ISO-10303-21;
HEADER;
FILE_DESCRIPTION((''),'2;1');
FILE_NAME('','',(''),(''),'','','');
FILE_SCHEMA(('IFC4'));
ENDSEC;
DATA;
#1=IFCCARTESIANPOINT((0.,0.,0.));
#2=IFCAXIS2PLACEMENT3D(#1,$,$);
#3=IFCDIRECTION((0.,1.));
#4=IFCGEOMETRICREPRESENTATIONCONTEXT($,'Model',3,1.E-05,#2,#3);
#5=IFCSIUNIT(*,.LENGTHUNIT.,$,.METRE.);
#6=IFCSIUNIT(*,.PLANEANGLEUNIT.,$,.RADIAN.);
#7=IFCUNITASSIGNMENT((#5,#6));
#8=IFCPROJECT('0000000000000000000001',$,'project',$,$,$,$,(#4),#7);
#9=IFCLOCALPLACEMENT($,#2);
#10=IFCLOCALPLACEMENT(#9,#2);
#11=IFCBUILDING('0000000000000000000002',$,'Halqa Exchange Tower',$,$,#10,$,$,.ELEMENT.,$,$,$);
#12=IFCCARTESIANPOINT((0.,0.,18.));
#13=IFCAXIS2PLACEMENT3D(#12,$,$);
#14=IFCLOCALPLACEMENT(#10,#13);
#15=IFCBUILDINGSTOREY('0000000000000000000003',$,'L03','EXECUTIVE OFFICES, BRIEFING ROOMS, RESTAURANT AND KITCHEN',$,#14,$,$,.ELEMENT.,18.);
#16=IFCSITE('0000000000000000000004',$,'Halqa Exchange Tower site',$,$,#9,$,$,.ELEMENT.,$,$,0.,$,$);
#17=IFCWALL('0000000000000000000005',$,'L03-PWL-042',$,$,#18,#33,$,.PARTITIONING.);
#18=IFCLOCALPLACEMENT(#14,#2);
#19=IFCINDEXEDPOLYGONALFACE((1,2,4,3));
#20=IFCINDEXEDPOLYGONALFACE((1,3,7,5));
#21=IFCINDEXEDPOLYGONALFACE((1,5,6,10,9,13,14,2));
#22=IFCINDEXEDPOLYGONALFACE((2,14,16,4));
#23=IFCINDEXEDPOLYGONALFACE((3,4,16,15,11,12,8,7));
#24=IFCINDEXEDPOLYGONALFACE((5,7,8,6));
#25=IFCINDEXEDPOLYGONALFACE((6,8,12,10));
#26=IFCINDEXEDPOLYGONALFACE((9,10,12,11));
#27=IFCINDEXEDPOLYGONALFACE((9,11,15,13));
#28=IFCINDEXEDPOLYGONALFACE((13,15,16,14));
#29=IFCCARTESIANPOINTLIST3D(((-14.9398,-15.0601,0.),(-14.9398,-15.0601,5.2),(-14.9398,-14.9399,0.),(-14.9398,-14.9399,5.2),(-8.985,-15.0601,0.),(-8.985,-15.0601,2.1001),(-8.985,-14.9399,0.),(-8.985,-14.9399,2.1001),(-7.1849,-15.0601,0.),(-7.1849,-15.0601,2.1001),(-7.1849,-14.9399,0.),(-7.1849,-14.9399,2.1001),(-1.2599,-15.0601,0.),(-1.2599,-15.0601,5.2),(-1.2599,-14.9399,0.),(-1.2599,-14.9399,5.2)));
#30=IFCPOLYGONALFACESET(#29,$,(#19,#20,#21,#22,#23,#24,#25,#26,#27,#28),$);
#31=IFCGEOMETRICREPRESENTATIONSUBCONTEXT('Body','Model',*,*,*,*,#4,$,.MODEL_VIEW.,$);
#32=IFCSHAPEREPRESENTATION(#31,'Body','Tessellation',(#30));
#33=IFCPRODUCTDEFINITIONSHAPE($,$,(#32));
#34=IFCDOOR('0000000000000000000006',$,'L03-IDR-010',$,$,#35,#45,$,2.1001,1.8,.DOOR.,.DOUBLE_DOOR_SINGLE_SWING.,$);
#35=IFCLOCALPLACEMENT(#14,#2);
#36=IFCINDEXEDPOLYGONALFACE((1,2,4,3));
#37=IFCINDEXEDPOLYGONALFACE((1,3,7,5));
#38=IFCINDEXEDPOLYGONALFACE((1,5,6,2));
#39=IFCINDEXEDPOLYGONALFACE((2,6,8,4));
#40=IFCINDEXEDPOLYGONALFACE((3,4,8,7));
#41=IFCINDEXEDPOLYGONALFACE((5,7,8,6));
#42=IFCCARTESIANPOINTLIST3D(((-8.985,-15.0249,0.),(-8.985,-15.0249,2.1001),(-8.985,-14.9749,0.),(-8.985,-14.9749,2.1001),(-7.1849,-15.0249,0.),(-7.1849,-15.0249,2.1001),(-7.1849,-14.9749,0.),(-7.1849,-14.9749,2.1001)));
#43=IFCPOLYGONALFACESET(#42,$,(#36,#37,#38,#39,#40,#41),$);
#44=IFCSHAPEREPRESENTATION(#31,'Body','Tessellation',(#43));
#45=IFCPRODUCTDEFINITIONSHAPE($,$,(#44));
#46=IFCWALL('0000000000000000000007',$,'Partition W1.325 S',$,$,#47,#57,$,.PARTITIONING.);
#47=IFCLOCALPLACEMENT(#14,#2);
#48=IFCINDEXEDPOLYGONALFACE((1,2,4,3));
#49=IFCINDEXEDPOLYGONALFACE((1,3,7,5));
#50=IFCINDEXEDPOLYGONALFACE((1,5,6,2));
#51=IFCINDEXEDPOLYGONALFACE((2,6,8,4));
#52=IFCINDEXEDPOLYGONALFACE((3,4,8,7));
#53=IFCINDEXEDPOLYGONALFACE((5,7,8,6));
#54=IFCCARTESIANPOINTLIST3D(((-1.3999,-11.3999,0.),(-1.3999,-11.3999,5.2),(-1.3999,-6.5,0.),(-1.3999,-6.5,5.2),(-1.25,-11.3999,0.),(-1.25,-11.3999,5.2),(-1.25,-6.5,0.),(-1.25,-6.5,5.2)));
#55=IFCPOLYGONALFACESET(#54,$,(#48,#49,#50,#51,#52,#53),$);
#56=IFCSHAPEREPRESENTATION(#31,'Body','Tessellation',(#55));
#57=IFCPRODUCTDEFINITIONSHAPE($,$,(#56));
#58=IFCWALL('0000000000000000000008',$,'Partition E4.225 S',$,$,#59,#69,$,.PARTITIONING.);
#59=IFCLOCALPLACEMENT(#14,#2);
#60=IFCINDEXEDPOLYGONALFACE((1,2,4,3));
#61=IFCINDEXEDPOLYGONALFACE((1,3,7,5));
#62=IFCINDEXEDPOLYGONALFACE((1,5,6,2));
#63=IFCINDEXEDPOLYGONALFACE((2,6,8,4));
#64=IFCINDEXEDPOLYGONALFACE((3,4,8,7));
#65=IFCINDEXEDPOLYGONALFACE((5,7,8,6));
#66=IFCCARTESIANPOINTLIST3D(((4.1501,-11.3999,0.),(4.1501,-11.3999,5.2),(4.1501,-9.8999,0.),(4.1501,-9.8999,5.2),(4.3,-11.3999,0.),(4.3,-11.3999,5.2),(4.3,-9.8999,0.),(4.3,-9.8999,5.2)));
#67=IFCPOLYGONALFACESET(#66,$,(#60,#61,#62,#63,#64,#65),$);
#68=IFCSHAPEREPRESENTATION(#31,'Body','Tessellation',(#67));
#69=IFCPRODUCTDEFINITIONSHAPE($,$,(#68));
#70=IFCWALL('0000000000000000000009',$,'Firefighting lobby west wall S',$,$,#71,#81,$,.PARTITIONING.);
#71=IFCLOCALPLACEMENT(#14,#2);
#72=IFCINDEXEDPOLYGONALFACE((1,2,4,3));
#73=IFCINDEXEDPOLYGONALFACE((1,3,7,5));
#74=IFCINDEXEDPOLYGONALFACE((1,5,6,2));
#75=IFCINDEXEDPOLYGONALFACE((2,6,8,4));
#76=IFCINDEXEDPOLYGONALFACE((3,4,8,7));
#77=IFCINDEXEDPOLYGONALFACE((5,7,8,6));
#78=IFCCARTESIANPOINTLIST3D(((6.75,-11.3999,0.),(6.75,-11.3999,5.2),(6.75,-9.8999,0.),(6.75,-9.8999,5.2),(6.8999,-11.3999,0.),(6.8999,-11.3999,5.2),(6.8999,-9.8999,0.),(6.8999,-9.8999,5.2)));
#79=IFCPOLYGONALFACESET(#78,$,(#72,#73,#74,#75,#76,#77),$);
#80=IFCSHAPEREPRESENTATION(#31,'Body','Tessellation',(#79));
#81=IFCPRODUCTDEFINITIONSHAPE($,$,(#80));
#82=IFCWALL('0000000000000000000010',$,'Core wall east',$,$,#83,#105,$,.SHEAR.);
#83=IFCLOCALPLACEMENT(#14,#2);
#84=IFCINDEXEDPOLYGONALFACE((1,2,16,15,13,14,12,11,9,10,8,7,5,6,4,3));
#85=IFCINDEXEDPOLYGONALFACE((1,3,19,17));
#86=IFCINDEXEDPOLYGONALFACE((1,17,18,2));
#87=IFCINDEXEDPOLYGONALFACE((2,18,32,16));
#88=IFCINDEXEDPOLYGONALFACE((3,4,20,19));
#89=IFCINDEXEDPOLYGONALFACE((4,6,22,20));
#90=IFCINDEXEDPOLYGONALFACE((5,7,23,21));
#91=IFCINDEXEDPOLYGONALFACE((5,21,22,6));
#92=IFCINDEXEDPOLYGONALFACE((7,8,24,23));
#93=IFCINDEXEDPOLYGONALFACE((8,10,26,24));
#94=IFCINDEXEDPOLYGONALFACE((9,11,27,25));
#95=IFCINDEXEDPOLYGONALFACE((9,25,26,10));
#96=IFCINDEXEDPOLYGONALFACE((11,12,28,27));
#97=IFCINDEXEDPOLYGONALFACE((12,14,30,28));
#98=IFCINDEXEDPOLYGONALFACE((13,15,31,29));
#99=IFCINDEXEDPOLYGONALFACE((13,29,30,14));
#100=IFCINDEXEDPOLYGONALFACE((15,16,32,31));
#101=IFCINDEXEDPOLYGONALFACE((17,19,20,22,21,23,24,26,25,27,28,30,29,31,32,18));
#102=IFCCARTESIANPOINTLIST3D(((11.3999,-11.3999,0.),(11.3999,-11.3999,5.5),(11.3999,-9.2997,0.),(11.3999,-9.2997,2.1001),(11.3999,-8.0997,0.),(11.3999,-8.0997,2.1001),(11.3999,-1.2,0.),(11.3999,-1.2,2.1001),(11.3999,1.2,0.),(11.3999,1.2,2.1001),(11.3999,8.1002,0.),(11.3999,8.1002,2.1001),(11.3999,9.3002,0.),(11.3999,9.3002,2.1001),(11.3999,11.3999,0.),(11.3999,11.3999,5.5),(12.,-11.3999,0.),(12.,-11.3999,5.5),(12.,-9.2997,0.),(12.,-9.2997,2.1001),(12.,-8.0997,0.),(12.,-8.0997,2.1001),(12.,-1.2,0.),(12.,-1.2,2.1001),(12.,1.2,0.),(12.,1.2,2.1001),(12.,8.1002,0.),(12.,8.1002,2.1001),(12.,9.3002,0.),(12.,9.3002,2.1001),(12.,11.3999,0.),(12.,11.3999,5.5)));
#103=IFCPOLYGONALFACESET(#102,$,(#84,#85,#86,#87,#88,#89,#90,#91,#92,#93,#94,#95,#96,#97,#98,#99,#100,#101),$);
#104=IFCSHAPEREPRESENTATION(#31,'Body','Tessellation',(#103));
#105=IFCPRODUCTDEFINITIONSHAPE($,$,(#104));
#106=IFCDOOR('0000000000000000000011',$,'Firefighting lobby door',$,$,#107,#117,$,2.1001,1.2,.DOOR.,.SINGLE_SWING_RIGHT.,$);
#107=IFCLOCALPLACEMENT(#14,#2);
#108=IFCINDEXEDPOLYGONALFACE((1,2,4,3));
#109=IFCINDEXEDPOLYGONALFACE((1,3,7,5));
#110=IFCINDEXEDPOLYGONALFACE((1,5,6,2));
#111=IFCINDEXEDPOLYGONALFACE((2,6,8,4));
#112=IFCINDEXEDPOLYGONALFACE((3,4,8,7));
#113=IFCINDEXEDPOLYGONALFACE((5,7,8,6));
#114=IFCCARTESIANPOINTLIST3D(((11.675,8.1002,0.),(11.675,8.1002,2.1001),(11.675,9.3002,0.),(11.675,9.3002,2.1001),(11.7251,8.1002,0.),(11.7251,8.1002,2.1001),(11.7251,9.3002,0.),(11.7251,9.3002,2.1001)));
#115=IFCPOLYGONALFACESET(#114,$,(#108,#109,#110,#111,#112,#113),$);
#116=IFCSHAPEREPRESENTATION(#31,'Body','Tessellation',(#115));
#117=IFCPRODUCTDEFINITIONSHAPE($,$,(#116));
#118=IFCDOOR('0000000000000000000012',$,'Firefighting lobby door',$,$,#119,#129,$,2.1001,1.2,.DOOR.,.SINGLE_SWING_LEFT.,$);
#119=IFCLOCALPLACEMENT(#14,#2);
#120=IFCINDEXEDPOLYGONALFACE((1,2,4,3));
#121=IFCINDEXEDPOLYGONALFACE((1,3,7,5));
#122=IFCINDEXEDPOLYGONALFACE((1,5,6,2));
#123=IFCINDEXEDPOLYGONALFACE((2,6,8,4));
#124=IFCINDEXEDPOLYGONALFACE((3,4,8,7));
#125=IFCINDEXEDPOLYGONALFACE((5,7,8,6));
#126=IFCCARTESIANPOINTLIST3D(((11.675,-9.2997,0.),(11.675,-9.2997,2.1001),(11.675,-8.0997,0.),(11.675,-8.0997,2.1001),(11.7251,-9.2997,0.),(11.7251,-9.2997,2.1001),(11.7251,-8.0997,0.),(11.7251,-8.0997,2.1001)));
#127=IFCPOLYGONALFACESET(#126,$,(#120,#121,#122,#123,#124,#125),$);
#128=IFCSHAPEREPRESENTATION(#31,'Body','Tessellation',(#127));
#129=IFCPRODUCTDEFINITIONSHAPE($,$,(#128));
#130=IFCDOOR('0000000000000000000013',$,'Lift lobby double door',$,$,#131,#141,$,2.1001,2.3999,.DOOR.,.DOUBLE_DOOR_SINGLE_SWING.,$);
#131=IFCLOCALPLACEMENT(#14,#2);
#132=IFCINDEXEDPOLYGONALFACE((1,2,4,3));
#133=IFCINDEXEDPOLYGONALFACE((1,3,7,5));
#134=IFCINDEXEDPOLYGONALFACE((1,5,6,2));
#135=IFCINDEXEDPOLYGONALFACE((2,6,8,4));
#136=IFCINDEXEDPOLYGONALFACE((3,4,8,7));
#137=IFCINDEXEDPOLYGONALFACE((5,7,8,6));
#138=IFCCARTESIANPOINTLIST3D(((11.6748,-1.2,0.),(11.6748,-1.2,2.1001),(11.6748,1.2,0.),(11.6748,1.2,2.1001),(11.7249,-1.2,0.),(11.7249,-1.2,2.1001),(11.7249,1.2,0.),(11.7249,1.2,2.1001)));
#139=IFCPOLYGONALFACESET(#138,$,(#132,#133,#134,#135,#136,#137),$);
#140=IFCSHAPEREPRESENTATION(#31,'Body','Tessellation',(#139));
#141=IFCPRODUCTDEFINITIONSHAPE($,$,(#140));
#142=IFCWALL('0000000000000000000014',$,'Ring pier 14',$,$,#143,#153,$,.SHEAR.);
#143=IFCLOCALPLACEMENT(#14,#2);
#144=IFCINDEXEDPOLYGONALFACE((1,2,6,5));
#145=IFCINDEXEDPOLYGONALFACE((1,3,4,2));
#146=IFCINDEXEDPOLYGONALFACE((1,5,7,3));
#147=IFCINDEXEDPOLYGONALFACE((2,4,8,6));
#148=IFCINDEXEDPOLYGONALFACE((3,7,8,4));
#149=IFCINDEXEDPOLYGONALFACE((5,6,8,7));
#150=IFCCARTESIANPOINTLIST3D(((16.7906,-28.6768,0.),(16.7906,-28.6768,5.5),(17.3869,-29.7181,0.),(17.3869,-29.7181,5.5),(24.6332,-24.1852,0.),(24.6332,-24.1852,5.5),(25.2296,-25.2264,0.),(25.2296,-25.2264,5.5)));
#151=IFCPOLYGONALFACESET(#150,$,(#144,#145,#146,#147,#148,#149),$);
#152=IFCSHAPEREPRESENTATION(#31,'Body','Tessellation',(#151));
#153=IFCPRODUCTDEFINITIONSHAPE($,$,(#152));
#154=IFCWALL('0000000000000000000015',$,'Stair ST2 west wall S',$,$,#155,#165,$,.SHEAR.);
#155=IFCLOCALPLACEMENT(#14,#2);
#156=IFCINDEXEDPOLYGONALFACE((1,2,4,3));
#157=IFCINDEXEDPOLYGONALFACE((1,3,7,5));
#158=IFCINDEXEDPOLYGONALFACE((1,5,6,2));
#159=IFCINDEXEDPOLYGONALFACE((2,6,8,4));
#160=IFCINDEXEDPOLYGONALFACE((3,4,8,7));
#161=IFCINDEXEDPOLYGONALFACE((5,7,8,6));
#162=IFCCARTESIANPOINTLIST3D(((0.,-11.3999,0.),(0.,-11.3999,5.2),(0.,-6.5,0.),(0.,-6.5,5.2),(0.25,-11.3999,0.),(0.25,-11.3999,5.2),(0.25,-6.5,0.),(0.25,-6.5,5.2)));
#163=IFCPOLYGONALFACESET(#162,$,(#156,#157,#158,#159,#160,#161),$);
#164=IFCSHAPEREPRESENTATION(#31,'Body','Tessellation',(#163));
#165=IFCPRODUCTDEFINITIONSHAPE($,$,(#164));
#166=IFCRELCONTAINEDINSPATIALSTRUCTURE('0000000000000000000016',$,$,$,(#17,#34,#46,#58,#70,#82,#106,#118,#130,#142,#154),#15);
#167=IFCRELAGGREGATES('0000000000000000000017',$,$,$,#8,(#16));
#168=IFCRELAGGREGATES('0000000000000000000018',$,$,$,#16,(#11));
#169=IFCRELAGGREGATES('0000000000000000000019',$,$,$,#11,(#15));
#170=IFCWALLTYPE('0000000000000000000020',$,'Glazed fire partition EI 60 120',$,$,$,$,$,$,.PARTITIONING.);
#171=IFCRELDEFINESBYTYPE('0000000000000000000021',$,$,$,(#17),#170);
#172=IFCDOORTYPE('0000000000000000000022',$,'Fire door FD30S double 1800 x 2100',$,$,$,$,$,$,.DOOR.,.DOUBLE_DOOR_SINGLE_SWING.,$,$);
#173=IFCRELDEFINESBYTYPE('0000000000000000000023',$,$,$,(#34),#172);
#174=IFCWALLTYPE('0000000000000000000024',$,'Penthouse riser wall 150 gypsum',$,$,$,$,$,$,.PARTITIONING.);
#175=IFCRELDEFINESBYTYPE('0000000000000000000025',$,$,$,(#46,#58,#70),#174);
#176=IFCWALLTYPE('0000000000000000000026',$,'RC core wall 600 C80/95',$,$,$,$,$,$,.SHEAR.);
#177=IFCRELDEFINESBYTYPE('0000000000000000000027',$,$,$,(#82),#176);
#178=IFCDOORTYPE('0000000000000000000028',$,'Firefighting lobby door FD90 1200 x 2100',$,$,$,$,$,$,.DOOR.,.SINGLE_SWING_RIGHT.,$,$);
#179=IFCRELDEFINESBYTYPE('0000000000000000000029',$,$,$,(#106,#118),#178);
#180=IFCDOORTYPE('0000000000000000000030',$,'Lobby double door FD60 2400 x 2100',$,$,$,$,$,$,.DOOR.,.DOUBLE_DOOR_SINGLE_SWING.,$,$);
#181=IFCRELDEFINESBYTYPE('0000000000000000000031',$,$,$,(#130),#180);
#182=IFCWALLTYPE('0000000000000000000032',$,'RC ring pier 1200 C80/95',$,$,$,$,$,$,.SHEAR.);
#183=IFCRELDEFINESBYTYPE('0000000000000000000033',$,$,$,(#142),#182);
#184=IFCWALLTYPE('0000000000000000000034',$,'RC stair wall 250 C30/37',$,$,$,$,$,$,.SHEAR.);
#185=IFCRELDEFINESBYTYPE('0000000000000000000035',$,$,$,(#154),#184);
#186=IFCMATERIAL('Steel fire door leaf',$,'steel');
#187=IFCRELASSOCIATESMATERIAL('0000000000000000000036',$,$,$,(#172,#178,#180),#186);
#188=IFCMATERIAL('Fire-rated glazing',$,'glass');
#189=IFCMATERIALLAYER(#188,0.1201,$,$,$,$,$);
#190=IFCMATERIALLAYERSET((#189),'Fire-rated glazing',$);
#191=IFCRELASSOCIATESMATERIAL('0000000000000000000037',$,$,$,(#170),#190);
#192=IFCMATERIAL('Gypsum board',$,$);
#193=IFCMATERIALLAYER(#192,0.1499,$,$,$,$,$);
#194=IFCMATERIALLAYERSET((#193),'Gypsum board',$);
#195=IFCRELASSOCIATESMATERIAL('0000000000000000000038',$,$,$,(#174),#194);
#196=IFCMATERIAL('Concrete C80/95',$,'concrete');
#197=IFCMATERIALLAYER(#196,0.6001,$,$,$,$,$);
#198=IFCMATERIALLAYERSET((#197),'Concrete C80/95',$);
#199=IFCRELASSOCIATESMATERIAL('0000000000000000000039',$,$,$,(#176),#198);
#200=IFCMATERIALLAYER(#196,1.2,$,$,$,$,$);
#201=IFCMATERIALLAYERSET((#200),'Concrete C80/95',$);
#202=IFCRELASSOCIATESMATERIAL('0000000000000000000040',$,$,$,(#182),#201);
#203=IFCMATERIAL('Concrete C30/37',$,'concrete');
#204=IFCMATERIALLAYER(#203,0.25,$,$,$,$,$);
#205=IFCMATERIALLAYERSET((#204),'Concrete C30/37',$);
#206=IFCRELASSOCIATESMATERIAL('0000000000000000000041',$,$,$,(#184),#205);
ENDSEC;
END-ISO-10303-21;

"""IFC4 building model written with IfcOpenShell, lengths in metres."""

from ifc_helpers import new_model, si_unit, direction, frame, frame_2d, origin, place, context, subcontext, project, spatial, rectangle, extrude, material, layer, layer_set, type_object, element, fill, save


model = new_model("IFC4")

# Units and contexts
model_context = context("Model", 3, precision=1e-05, world=origin(), true_north=direction((0.0, 1.0)))
body_context = subcontext(model_context, "Body", "Model", "MODEL_VIEW")
ifc_project = project(units=[si_unit("LENGTHUNIT", "METRE"), si_unit("PLANEANGLEUNIT", "RADIAN")], contexts=[model_context])

# Site, building, storey
site_placement = place(None, origin())
site = spatial("IfcSite", under=ifc_project, at=site_placement, Name="Halqa Exchange Tower site", CompositionType="ELEMENT", RefElevation=0.0)
building_placement = place(site_placement, origin())
building = spatial("IfcBuilding", under=site, at=building_placement, Name="Halqa Exchange Tower", CompositionType="ELEMENT")
storey_placement = place(building_placement, frame((0.0, 0.0, 18.0)))
storey = spatial("IfcBuildingStorey", under=building, at=storey_placement, Name="L03", Description="EXECUTIVE OFFICES, BRIEFING ROOMS, RESTAURANT AND KITCHEN", CompositionType="ELEMENT", Elevation=18.0)

# Shared definitions
ifc_material_1 = material(Name="Steel fire door leaf", Category="steel")
door_type_1 = type_object("IfcDoorType", Name="Fire door FD30S double 1800 x 2100", OperationType="DOUBLE_DOOR_SINGLE_SWING", PredefinedType="DOOR", material=ifc_material_1)

# Wall, opening, door
ifc_material_2 = material(Name="Fire-rated glazing", Category="glass")
ifc_layer_1 = layer(ifc_material_2, 0.1201)
ifc_layer_set_1 = layer_set([ifc_layer_1], Name="Fire-rated glazing")
wall_type_1 = type_object("IfcWallType", Name="Glazed fire partition EI 60 120", PredefinedType="PARTITIONING", material=ifc_layer_set_1)
wall_1_placement = place(storey_placement, frame((-1.26, -15.0, 0.0), z_axis=(0.0, 0.0, 1.0), x_axis=(-1.0, 0.0, 0.0)))
wall_1 = element("IfcWall", 1, at=wall_1_placement, inside=storey, type_object=wall_type_1, Name="L03-PWL-042", PredefinedType="PARTITIONING", context=body_context, shape_type="SweptSolid", body=[
    extrude(rectangle(XDim=13.6799, YDim=0.1201, at=frame_2d((6.8398, 0.0))), origin(), (0.0, 0.0, 1.0), 5.2),
])
opening_1_placement = place(wall_1_placement, frame((5.925, 0.0, 0.0)))
opening_1 = element("IfcOpeningElement", 2, at=opening_1_placement, cuts=wall_1, PredefinedType="OPENING", context=body_context, shape_type="SweptSolid", body=[
    extrude(rectangle(XDim=1.8, YDim=2.1001, at=frame_2d((0.8999, 1.05))), frame((0.0, 0.072, 0.0), z_axis=(0.0, -1.0, 0.0), x_axis=(1.0, 0.0, 0.0)), (0.0, 0.0, 1.0), 0.144),
])
door_1_placement = place(opening_1_placement, origin())
door_1 = element("IfcDoor", 3, at=door_1_placement, inside=storey, type_object=door_type_1, Name="L03-IDR-010", OperationType="DOUBLE_DOOR_SINGLE_SWING", OverallHeight=2.1001, OverallWidth=1.8, PredefinedType="DOOR", context=body_context, shape_type="SweptSolid", body=[
    extrude(rectangle(XDim=1.8, YDim=2.1001, at=frame_2d((0.8999, 1.05))), frame((0.0, 0.0249, 0.0), z_axis=(0.0, -1.0, 0.0), x_axis=(1.0, 0.0, 0.0)), (0.0, 0.0, 1.0), 0.05),
])
fill(opening_1, door_1)

# Walls
ifc_material_3 = material(Name="Gypsum board")
ifc_layer_2 = layer(ifc_material_3, 0.1499)
ifc_layer_set_2 = layer_set([ifc_layer_2], Name="Gypsum board")
wall_type_2 = type_object("IfcWallType", Name="Penthouse riser wall 150 gypsum", PredefinedType="PARTITIONING", material=ifc_layer_set_2)
wall_2_placement = place(storey_placement, frame((-1.325, -11.3999, 0.0), z_axis=(0.0, 0.0, 1.0), x_axis=(0.0, 1.0, 0.0)))
element("IfcWall", 4, at=wall_2_placement, inside=storey, type_object=wall_type_2, Name="Partition W1.325 S", PredefinedType="PARTITIONING", context=body_context, shape_type="SweptSolid", body=[
    extrude(rectangle(XDim=4.8999, YDim=0.1499, at=frame_2d((2.45, 0.0))), origin(), (0.0, 0.0, 1.0), 5.2),
])
for number, where, z_axis, x_axis, name in (
    (5, (4.2251, -11.3999, 0.0), (0.0, 0.0, 1.0), (0.0, 1.0, 0.0), "Partition E4.225 S"),
    (6, (6.825, -11.3999, 0.0), (0.0, 0.0, 1.0), (0.0, 1.0, 0.0), "Firefighting lobby west wall S"),
):
    element("IfcWall", number, at=place(storey_placement, frame(where, z_axis=z_axis, x_axis=x_axis)), inside=storey, type_object=wall_type_2, Name=name, PredefinedType="PARTITIONING", context=body_context, shape_type="SweptSolid", body=[
        extrude(rectangle(XDim=1.5, YDim=0.1499, at=frame_2d((0.75, 0.0))), origin(), (0.0, 0.0, 1.0), 5.2),
    ])

# Wall, openings, doors
ifc_material_4 = material(Name="Concrete C80/95", Category="concrete")
ifc_layer_3 = layer(ifc_material_4, 0.6001)
ifc_layer_set_3 = layer_set([ifc_layer_3], Name="Concrete C80/95")
wall_type_3 = type_object("IfcWallType", Name="RC core wall 600 C80/95", PredefinedType="SHEAR", material=ifc_layer_set_3)
wall_3_placement = place(storey_placement, frame((11.7, -11.3999, 0.0), z_axis=(0.0, 0.0, 1.0), x_axis=(0.0, 1.0, 0.0)))
wall_3 = element("IfcWall", 7, at=wall_3_placement, inside=storey, type_object=wall_type_3, Name="Core wall east", PredefinedType="SHEAR", context=body_context, shape_type="SweptSolid", body=[
    extrude(rectangle(XDim=22.7998, YDim=0.6001, at=frame_2d((11.3999, 0.0))), origin(), (0.0, 0.0, 1.0), 5.5),
])
opening_2_placement = place(wall_3_placement, frame((10.2, 0.0, 0.0)))
opening_2 = element("IfcOpeningElement", 8, at=opening_2_placement, cuts=wall_3, PredefinedType="OPENING", context=body_context, shape_type="SweptSolid", body=[
    extrude(rectangle(XDim=2.3999, YDim=2.1001, at=frame_2d((1.2, 1.05))), frame((0.0, 0.312, 0.0), z_axis=(0.0, -1.0, 0.0), x_axis=(1.0, 0.0, 0.0)), (0.0, 0.0, 1.0), 0.624),
])
opening_3_placement = place(wall_3_placement, frame((19.5, 0.0, 0.0)))
opening_3 = element("IfcOpeningElement", 9, at=opening_3_placement, cuts=wall_3, PredefinedType="OPENING", context=body_context, shape_type="SweptSolid", body=[
    extrude(rectangle(XDim=1.2, YDim=2.1001, at=frame_2d((0.6001, 1.05))), frame((0.0, 0.312, 0.0), z_axis=(0.0, -1.0, 0.0), x_axis=(1.0, 0.0, 0.0)), (0.0, 0.0, 1.0), 0.624),
])
opening_4_placement = place(wall_3_placement, frame((2.1001, 0.0, 0.0)))
opening_4 = element("IfcOpeningElement", 10, at=opening_4_placement, cuts=wall_3, PredefinedType="OPENING", context=body_context, shape_type="SweptSolid", body=[
    extrude(rectangle(XDim=1.2, YDim=2.1001, at=frame_2d((0.6001, 1.05))), frame((0.0, 0.312, 0.0), z_axis=(0.0, -1.0, 0.0), x_axis=(1.0, 0.0, 0.0)), (0.0, 0.0, 1.0), 0.624),
])
door_type_2 = type_object("IfcDoorType", Name="Firefighting lobby door FD90 1200 x 2100", OperationType="SINGLE_SWING_RIGHT", PredefinedType="DOOR", material=ifc_material_1)
door_2_placement = place(opening_3_placement, origin())
door_2 = element("IfcDoor", 11, at=door_2_placement, inside=storey, type_object=door_type_2, Name="Firefighting lobby door", OperationType="SINGLE_SWING_RIGHT", OverallHeight=2.1001, OverallWidth=1.2, PredefinedType="DOOR", context=body_context, shape_type="SweptSolid", body=[
    extrude(rectangle(XDim=1.2, YDim=2.1001, at=frame_2d((0.6001, 1.05))), frame((0.0, 0.0249, 0.0), z_axis=(0.0, -1.0, 0.0), x_axis=(1.0, 0.0, 0.0)), (0.0, 0.0, 1.0), 0.05),
])
fill(opening_3, door_2)
door_3_placement = place(opening_4_placement, origin())
door_3 = element("IfcDoor", 12, at=door_3_placement, inside=storey, type_object=door_type_2, Name="Firefighting lobby door", OperationType="SINGLE_SWING_LEFT", OverallHeight=2.1001, OverallWidth=1.2, PredefinedType="DOOR", context=body_context, shape_type="SweptSolid", body=[
    extrude(rectangle(XDim=1.2, YDim=2.1001, at=frame_2d((0.6001, 1.05))), frame((0.0, 0.0249, 0.0), z_axis=(0.0, -1.0, 0.0), x_axis=(1.0, 0.0, 0.0)), (0.0, 0.0, 1.0), 0.05),
])
fill(opening_4, door_3)
door_type_3 = type_object("IfcDoorType", Name="Lobby double door FD60 2400 x 2100", OperationType="DOUBLE_DOOR_SINGLE_SWING", PredefinedType="DOOR", material=ifc_material_1)
door_4_placement = place(opening_2_placement, frame((2.3999, 0.0, 0.0), z_axis=(0.0, 0.0, 1.0), x_axis=(-1.0, 0.0, 0.0)))
door_4 = element("IfcDoor", 13, at=door_4_placement, inside=storey, type_object=door_type_3, Name="Lift lobby double door", OperationType="DOUBLE_DOOR_SINGLE_SWING", OverallHeight=2.1001, OverallWidth=2.3999, PredefinedType="DOOR", context=body_context, shape_type="SweptSolid", body=[
    extrude(rectangle(XDim=2.3999, YDim=2.1001, at=frame_2d((1.2, 1.05))), frame((0.0, 0.0249, 0.0), z_axis=(0.0, -1.0, 0.0), x_axis=(1.0, 0.0, 0.0)), (0.0, 0.0, 1.0), 0.05),
])
fill(opening_2, door_4)

# Walls
ifc_layer_4 = layer(ifc_material_4, 1.2)
ifc_layer_set_4 = layer_set([ifc_layer_4], Name="Concrete C80/95")
wall_type_4 = type_object("IfcWallType", Name="RC ring pier 1200 C80/95", PredefinedType="SHEAR", material=ifc_layer_set_4)
wall_4_placement = place(storey_placement, frame((17.0886, -29.1975, 0.0), z_axis=(0.0, 0.0, 1.0), x_axis=(0.867761, 0.496982, 0.0)))
element("IfcWall", 14, at=wall_4_placement, inside=storey, type_object=wall_type_4, Name="Ring pier 14", PredefinedType="SHEAR", context=body_context, shape_type="SweptSolid", body=[
    extrude(rectangle(XDim=9.0378, YDim=1.2, at=frame_2d((4.519, 0.0))), origin(), (0.0, 0.0, 1.0), 5.5),
])
ifc_material_5 = material(Name="Concrete C30/37", Category="concrete")
ifc_layer_5 = layer(ifc_material_5, 0.25)
ifc_layer_set_5 = layer_set([ifc_layer_5], Name="Concrete C30/37")
wall_type_5 = type_object("IfcWallType", Name="RC stair wall 250 C30/37", PredefinedType="SHEAR", material=ifc_layer_set_5)
wall_5_placement = place(storey_placement, frame((0.125, -11.3999, 0.0), z_axis=(0.0, 0.0, 1.0), x_axis=(0.0, 1.0, 0.0)))
element("IfcWall", 15, at=wall_5_placement, inside=storey, type_object=wall_type_5, Name="Stair ST2 west wall S", PredefinedType="SHEAR", context=body_context, shape_type="SweptSolid", body=[
    extrude(rectangle(XDim=4.8999, YDim=0.25, at=frame_2d((2.45, 0.0))), origin(), (0.0, 0.0, 1.0), 5.2),
])

save(model, "model.ifc")
